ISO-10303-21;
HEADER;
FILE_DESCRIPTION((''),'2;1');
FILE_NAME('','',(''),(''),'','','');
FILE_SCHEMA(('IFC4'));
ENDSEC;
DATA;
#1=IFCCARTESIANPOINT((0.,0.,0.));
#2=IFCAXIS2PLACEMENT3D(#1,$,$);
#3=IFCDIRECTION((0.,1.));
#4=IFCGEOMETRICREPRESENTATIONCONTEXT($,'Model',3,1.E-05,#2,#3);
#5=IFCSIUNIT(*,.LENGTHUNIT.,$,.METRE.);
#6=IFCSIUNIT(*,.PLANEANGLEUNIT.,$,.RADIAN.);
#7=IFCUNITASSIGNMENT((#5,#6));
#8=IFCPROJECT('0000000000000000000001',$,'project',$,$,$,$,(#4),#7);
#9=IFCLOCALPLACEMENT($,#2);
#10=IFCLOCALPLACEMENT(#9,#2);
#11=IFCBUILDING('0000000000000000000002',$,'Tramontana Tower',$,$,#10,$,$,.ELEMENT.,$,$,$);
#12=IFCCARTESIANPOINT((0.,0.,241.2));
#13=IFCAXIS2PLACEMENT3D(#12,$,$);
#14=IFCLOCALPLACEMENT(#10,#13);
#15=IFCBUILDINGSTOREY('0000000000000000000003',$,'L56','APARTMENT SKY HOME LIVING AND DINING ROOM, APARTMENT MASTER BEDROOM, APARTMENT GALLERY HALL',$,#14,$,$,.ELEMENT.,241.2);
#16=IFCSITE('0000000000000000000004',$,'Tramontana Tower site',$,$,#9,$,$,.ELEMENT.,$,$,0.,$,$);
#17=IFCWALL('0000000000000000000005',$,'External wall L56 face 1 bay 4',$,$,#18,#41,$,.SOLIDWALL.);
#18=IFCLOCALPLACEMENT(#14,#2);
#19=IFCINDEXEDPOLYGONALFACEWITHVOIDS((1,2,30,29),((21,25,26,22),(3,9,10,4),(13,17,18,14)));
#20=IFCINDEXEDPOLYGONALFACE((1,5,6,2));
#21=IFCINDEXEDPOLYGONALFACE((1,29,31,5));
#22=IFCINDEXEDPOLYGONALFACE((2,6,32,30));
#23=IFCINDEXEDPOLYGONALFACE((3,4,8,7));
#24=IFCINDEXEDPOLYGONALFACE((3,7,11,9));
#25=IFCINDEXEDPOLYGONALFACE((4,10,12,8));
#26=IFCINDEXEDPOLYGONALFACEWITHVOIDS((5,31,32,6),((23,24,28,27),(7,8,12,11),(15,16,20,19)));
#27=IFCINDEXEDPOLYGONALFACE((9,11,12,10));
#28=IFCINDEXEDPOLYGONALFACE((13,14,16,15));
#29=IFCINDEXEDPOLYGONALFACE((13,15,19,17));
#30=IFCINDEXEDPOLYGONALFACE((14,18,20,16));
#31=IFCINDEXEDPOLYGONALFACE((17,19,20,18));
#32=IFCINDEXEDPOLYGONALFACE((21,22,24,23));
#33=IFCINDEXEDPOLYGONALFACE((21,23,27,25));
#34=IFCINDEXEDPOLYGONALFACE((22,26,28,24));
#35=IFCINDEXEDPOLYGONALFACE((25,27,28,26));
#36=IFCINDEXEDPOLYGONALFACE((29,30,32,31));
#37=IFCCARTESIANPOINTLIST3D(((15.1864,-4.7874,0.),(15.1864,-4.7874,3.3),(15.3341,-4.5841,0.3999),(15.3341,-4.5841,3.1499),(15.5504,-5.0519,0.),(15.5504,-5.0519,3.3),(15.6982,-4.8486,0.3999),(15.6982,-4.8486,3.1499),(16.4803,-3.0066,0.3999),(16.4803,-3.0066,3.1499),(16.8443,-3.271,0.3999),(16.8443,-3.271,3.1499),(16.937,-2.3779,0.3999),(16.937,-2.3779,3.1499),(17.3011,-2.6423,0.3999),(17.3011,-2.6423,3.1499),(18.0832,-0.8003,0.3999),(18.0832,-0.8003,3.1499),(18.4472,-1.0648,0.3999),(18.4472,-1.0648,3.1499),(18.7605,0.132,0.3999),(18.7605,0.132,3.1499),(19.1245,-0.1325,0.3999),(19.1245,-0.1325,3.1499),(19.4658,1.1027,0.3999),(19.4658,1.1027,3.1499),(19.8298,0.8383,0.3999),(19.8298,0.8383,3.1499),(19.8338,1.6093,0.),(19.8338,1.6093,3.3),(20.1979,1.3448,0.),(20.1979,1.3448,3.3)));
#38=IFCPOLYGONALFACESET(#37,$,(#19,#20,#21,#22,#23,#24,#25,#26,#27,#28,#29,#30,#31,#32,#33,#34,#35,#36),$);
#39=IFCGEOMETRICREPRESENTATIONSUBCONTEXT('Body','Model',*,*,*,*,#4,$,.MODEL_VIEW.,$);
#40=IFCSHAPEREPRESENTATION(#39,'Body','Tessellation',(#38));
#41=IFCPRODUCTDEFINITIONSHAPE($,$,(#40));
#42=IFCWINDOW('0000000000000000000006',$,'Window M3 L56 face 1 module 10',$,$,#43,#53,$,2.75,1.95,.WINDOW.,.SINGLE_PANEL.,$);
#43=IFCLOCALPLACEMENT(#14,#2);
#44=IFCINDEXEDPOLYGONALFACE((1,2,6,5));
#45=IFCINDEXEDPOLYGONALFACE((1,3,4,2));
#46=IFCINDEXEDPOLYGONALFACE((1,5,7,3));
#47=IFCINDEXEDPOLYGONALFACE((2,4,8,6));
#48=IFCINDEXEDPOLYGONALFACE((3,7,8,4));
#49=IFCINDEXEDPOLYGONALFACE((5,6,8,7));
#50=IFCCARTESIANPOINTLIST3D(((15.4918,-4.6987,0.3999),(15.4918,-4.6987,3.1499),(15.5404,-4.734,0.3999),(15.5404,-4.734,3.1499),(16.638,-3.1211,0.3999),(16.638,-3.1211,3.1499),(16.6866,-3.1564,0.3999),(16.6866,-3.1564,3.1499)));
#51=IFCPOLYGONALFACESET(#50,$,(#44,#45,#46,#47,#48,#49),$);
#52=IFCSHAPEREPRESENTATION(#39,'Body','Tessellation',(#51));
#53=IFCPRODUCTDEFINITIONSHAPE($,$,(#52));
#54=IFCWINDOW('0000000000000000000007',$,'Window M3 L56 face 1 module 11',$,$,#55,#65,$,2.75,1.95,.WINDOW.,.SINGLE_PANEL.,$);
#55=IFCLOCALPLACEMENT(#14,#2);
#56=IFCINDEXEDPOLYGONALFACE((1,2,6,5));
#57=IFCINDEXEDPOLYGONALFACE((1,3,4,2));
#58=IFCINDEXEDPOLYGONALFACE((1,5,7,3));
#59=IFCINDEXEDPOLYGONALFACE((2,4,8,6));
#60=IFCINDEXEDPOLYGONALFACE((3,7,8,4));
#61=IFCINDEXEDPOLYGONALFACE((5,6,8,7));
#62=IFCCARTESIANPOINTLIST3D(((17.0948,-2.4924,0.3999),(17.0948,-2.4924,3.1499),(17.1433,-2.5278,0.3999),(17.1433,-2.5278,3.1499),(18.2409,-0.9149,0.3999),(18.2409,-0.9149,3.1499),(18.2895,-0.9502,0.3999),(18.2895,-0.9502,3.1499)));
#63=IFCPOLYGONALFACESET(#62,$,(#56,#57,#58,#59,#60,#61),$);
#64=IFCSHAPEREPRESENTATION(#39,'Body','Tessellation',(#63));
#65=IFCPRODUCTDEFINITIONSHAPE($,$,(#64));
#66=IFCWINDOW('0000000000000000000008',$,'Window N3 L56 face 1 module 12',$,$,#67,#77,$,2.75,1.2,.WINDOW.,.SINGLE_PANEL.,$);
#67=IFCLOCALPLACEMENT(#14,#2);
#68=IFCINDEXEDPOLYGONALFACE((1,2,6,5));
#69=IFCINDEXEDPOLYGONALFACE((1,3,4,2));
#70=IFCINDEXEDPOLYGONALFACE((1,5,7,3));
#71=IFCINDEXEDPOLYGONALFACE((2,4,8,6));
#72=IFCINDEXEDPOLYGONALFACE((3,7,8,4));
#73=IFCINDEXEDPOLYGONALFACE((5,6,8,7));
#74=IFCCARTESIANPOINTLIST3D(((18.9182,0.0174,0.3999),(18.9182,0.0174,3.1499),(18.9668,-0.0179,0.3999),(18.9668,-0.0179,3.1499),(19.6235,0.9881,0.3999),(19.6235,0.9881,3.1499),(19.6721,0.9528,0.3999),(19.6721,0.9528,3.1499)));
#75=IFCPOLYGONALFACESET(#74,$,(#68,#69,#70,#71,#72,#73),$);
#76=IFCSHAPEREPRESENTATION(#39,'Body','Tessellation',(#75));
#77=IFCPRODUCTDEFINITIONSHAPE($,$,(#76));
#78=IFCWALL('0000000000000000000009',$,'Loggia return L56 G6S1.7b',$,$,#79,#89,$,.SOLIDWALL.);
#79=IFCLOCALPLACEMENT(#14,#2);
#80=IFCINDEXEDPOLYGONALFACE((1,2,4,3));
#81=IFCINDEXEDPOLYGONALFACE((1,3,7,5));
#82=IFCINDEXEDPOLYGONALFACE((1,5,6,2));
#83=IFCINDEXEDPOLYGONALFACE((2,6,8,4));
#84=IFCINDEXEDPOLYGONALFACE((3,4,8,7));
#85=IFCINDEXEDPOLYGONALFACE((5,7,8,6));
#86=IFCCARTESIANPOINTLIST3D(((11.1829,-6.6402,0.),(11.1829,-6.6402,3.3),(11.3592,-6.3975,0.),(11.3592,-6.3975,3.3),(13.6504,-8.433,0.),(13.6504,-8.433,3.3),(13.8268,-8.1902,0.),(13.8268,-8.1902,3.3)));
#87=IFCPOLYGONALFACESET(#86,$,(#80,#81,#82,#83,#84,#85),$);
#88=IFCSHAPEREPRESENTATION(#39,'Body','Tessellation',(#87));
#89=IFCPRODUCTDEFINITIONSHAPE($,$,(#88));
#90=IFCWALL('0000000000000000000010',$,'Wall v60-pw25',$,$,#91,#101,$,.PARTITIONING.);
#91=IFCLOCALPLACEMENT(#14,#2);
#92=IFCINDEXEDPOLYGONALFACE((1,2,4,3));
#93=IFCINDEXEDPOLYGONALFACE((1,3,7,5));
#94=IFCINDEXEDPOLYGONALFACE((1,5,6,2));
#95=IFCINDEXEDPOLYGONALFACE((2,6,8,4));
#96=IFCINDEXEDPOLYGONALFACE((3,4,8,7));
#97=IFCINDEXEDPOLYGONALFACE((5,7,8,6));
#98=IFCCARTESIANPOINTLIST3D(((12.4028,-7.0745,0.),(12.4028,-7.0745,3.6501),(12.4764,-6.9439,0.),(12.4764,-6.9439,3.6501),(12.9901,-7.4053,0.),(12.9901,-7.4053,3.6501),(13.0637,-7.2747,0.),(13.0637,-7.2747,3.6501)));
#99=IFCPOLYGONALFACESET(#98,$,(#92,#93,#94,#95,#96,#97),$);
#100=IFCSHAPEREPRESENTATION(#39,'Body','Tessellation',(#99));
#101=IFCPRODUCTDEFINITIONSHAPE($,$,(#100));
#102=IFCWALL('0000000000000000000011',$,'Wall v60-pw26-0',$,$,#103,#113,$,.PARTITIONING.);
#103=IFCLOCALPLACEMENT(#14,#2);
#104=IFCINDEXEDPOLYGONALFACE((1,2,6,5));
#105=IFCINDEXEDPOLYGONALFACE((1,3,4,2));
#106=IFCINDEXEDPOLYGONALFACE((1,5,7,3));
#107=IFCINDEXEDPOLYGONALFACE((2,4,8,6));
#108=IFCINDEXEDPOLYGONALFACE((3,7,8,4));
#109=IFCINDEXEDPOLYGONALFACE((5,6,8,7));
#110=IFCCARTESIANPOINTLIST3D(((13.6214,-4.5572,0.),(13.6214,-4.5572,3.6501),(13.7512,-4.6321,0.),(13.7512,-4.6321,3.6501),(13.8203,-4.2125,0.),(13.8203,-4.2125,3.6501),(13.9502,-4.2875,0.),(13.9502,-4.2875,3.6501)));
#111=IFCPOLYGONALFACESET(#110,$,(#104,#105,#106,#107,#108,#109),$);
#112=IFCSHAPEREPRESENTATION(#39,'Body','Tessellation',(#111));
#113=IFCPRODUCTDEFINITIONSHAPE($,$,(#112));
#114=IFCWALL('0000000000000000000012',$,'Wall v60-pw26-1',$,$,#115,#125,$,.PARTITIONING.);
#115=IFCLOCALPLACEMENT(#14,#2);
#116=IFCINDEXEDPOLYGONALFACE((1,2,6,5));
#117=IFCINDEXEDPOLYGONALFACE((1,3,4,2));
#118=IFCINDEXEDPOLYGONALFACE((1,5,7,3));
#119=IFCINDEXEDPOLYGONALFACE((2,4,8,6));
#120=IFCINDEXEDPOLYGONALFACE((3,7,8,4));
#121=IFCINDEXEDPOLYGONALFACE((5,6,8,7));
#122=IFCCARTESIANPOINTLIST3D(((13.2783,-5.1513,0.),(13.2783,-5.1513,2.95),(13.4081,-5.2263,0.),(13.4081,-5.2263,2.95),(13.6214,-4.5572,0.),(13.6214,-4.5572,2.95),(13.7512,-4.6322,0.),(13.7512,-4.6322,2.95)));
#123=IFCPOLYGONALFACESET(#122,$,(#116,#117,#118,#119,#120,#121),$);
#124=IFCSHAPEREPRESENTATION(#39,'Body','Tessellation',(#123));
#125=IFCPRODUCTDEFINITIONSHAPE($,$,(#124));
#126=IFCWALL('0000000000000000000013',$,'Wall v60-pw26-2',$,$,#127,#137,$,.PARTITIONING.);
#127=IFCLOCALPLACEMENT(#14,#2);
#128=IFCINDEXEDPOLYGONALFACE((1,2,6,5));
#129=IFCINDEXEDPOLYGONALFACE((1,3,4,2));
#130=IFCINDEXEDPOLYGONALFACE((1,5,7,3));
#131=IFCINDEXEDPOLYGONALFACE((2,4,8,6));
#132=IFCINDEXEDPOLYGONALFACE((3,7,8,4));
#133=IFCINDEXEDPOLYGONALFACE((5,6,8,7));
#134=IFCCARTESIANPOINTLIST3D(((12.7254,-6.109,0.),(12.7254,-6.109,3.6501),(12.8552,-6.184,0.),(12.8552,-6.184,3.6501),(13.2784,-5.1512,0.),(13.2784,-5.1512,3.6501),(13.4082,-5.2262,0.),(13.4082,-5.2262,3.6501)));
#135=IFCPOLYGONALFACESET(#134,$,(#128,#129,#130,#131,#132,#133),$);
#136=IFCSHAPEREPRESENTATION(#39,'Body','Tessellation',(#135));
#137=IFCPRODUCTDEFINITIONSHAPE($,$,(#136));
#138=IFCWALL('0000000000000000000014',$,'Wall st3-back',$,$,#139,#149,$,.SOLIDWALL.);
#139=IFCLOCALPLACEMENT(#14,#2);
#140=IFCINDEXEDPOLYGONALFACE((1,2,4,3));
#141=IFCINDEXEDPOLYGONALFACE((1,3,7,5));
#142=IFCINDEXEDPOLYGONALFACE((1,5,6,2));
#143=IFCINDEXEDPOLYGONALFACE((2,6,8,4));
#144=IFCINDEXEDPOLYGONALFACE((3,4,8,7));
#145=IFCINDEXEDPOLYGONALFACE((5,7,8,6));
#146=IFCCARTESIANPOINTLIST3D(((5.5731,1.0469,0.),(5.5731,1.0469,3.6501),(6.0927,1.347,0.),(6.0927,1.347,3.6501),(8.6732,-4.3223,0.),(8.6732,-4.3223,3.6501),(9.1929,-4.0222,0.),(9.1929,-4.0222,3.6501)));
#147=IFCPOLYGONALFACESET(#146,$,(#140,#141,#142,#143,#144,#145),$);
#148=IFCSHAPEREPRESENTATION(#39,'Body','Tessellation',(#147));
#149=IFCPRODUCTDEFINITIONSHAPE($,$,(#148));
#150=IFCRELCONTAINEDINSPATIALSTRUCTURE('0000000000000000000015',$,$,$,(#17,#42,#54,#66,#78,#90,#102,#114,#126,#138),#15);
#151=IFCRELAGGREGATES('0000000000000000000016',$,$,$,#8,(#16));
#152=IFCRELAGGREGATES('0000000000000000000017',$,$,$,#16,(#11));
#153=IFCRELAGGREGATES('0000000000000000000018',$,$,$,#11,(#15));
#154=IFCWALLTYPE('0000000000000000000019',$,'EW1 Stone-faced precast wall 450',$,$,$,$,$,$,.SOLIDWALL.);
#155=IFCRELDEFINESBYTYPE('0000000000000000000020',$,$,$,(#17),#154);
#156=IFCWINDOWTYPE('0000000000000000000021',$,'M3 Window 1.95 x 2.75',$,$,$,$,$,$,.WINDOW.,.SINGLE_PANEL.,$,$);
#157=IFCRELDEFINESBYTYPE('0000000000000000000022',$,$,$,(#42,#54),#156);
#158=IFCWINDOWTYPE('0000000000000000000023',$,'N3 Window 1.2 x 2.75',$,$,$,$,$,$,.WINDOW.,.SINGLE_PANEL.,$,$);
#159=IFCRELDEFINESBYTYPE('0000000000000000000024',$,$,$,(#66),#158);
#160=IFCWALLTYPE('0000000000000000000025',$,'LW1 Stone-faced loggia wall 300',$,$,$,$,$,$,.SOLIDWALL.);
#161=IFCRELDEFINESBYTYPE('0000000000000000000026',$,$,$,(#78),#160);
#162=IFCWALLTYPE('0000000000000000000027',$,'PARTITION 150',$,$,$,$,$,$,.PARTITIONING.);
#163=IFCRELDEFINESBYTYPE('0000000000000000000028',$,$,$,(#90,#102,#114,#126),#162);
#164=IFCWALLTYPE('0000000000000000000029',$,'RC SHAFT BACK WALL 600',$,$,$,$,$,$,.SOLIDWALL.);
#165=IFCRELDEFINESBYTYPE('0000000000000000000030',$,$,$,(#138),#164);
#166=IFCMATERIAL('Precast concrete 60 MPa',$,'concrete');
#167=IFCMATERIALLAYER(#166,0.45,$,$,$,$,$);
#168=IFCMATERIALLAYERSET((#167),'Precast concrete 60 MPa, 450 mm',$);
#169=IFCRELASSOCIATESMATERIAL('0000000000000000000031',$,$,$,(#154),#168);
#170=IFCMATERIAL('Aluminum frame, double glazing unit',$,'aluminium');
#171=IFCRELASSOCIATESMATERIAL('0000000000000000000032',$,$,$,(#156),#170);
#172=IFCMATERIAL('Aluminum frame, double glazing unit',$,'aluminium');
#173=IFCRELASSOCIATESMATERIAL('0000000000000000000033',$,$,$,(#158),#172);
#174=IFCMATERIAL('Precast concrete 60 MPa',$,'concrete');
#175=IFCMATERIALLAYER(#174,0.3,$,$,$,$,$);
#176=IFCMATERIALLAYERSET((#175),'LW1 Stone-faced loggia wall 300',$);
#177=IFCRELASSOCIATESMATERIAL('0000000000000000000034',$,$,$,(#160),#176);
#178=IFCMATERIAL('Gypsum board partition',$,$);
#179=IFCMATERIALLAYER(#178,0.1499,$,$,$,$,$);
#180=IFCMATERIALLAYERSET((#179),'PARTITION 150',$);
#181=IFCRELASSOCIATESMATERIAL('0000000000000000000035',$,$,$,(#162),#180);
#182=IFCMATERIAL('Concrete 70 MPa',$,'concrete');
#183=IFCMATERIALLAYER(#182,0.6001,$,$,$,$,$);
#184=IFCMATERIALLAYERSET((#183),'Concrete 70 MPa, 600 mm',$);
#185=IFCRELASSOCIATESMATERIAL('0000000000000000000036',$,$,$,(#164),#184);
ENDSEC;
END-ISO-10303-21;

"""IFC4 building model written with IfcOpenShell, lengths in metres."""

from ifc_helpers import new_model, si_unit, direction, frame, frame_2d, origin, place, context, subcontext, project, spatial, rectangle, extrude, material, layer, layer_set, type_object, element, fill, save


model = new_model("IFC4")

# Units and contexts
model_context = context("Model", 3, precision=1e-05, world=origin(), true_north=direction((0.0, 1.0)))
body_context = subcontext(model_context, "Body", "Model", "MODEL_VIEW")
ifc_project = project(units=[si_unit("LENGTHUNIT", "METRE"), si_unit("PLANEANGLEUNIT", "RADIAN")], contexts=[model_context])

# Site, building, storey
site_placement = place(None, origin())
site = spatial("IfcSite", under=ifc_project, at=site_placement, Name="Tramontana Tower site", CompositionType="ELEMENT", RefElevation=0.0)
building_placement = place(site_placement, origin())
building = spatial("IfcBuilding", under=site, at=building_placement, Name="Tramontana Tower", CompositionType="ELEMENT")
storey_placement = place(building_placement, frame((0.0, 0.0, 241.2)))
storey = spatial("IfcBuildingStorey", under=building, at=storey_placement, Name="L56", Description="APARTMENT SKY HOME LIVING AND DINING ROOM, APARTMENT MASTER BEDROOM, APARTMENT GALLERY HALL", CompositionType="ELEMENT", Elevation=241.2)

# Shared definitions
ifc_material_1 = material(Name="Precast concrete 60 MPa", Category="concrete")
ifc_layer_1 = layer(ifc_material_1, 0.45)
ifc_layer_set_1 = layer_set([ifc_layer_1], Name="Precast concrete 60 MPa, 450 mm")
wall_type_1 = type_object("IfcWallType", Name="EW1 Stone-faced precast wall 450", PredefinedType="SOLIDWALL", material=ifc_layer_set_1)
ifc_material_2 = material(Name="Aluminum frame, double glazing unit", Category="aluminium")
window_type_1 = type_object("IfcWindowType", Name="M3 Window 1.95 x 2.75", PartitioningType="SINGLE_PANEL", PredefinedType="WINDOW", material=ifc_material_2)

# Wall, openings, windows
wall_1_placement = place(storey_placement, frame((15.3684, -4.9197, 0.0), z_axis=(0.0, 0.0, 1.0), x_axis=(0.587782, 0.809019, 0.0)))
wall_1 = element("IfcWall", 1, at=wall_1_placement, inside=storey, type_object=wall_type_1, Name="External wall L56 face 1 bay 4", PredefinedType="SOLIDWALL", context=body_context, shape_type="SweptSolid", body=[
    extrude(rectangle(XDim=7.9067, YDim=0.45, at=frame_2d((3.9534, 0.0))), origin(), (0.0, 0.0, 1.0), 3.3),
])
opening_1_placement = place(wall_1_placement, frame((0.2512, 0.0, 0.3999)))
opening_1 = element("IfcOpeningElement", 2, at=opening_1_placement, cuts=wall_1, PredefinedType="OPENING", context=body_context, shape_type="SweptSolid", body=[
    extrude(rectangle(XDim=1.95, YDim=2.75, at=frame_2d((0.9751, 1.375))), frame((0.0, 0.2349, 0.0), z_axis=(0.0, -1.0, 0.0), x_axis=(1.0, 0.0, 0.0)), (0.0, 0.0, 1.0), 0.47),
])
opening_2_placement = place(wall_1_placement, frame((2.9783, 0.0, 0.3999)))
opening_2 = element("IfcOpeningElement", 3, at=opening_2_placement, cuts=wall_1, PredefinedType="OPENING", context=body_context, shape_type="SweptSolid", body=[
    extrude(rectangle(XDim=1.95, YDim=2.75, at=frame_2d((0.9751, 1.375))), frame((0.0, 0.2349, 0.0), z_axis=(0.0, -1.0, 0.0), x_axis=(1.0, 0.0, 0.0)), (0.0, 0.0, 1.0), 0.47),
])
opening_3_placement = place(wall_1_placement, frame((6.0806, 0.0, 0.3999)))
opening_3 = element("IfcOpeningElement", 4, at=opening_3_placement, cuts=wall_1, PredefinedType="OPENING", context=body_context, shape_type="SweptSolid", body=[
    extrude(rectangle(XDim=1.2, YDim=2.75, at=frame_2d((0.6001, 1.375))), frame((0.0, 0.2349, 0.0), z_axis=(0.0, -1.0, 0.0), x_axis=(1.0, 0.0, 0.0)), (0.0, 0.0, 1.0), 0.47),
])
window_1_placement = place(opening_1_placement, origin())
window_1 = element("IfcWindow", 5, at=window_1_placement, inside=storey, type_object=window_type_1, Name="Window M3 L56 face 1 module 10", OverallHeight=2.75, OverallWidth=1.95, PartitioningType="SINGLE_PANEL", PredefinedType="WINDOW", context=body_context, shape_type="SweptSolid", body=[
    extrude(rectangle(XDim=1.95, YDim=2.75, at=frame_2d((0.9751, 1.375))), frame((0.0, 0.03, 0.0), z_axis=(0.0, -1.0, 0.0), x_axis=(1.0, 0.0, 0.0)), (0.0, 0.0, 1.0), 0.0601),
])
fill(opening_1, window_1)
window_2_placement = place(opening_2_placement, origin())
window_2 = element("IfcWindow", 6, at=window_2_placement, inside=storey, type_object=window_type_1, Name="Window M3 L56 face 1 module 11", OverallHeight=2.75, OverallWidth=1.95, PartitioningType="SINGLE_PANEL", PredefinedType="WINDOW", context=body_context, shape_type="SweptSolid", body=[
    extrude(rectangle(XDim=1.95, YDim=2.75, at=frame_2d((0.9751, 1.375))), frame((0.0, 0.03, 0.0), z_axis=(0.0, -1.0, 0.0), x_axis=(1.0, 0.0, 0.0)), (0.0, 0.0, 1.0), 0.0601),
])
fill(opening_2, window_2)
ifc_material_3 = material(Name="Aluminum frame, double glazing unit", Category="aluminium")
window_type_2 = type_object("IfcWindowType", Name="N3 Window 1.2 x 2.75", PartitioningType="SINGLE_PANEL", PredefinedType="WINDOW", material=ifc_material_3)
window_3_placement = place(opening_3_placement, origin())
window_3 = element("IfcWindow", 7, at=window_3_placement, inside=storey, type_object=window_type_2, Name="Window N3 L56 face 1 module 12", OverallHeight=2.75, OverallWidth=1.2, PartitioningType="SINGLE_PANEL", PredefinedType="WINDOW", context=body_context, shape_type="SweptSolid", body=[
    extrude(rectangle(XDim=1.2, YDim=2.75, at=frame_2d((0.6001, 1.375))), frame((0.0, 0.03, 0.0), z_axis=(0.0, -1.0, 0.0), x_axis=(1.0, 0.0, 0.0)), (0.0, 0.0, 1.0), 0.0601),
])
fill(opening_3, window_3)

# Walls
ifc_material_4 = material(Name="Precast concrete 60 MPa", Category="concrete")
ifc_layer_2 = layer(ifc_material_4, 0.3)
ifc_layer_set_2 = layer_set([ifc_layer_2], Name="LW1 Stone-faced loggia wall 300")
wall_type_2 = type_object("IfcWallType", Name="LW1 Stone-faced loggia wall 300", PredefinedType="SOLIDWALL", material=ifc_layer_set_2)
wall_2_placement = place(storey_placement, frame((13.7385, -8.3115, 0.0), z_axis=(0.0, 0.0, 1.0), x_axis=(-0.809023, 0.587777, 0.0)))
element("IfcWall", 8, at=wall_2_placement, inside=storey, type_object=wall_type_2, Name="Loggia return L56 G6S1.7b", PredefinedType="SOLIDWALL", context=body_context, shape_type="SweptSolid", body=[
    extrude(rectangle(XDim=3.05, YDim=0.3, at=frame_2d((1.5249, 0.0))), origin(), (0.0, 0.0, 1.0), 3.3),
])
ifc_material_5 = material(Name="Gypsum board partition")
ifc_layer_3 = layer(ifc_material_5, 0.1499)
ifc_layer_set_3 = layer_set([ifc_layer_3], Name="PARTITION 150")
wall_type_3 = type_object("IfcWallType", Name="PARTITION 150", PredefinedType="PARTITIONING", material=ifc_layer_set_3)
wall_3_placement = place(storey_placement, frame((12.4397, -7.0093, 0.0), z_axis=(0.0, 0.0, 1.0), x_axis=(0.871324, -0.490708, 0.0)))
element("IfcWall", 9, at=wall_3_placement, inside=storey, type_object=wall_type_3, Name="Wall v60-pw25", PredefinedType="PARTITIONING", context=body_context, shape_type="SweptSolid", body=[
    extrude(rectangle(XDim=0.6741, YDim=0.1499, at=frame_2d((0.3369, 0.0))), origin(), (0.0, 0.0, 1.0), 3.6501),
])
wall_4_placement = place(storey_placement, frame((13.8853, -4.25, 0.0), z_axis=(0.0, 0.0, 1.0), x_axis=(-0.499899, -0.866083, 0.0)))
element("IfcWall", 10, at=wall_4_placement, inside=storey, type_object=wall_type_3, Name="Wall v60-pw26-0", PredefinedType="PARTITIONING", context=body_context, shape_type="SweptSolid", body=[
    extrude(rectangle(XDim=0.3979, YDim=0.1499, at=frame_2d((0.199, 0.0))), origin(), (0.0, 0.0, 1.0), 3.6501),
])
wall_5_placement = place(storey_placement, frame((13.6863, -4.5947, 0.0), z_axis=(0.0, 0.0, 1.0), x_axis=(-0.500082, -0.865978, 0.0)))
element("IfcWall", 11, at=wall_5_placement, inside=storey, type_object=wall_type_3, Name="Wall v60-pw26-1", PredefinedType="PARTITIONING", context=body_context, shape_type="SweptSolid", body=[
    extrude(rectangle(XDim=0.686, YDim=0.1499, at=frame_2d((0.343, 0.0))), origin(), (0.0, 0.0, 1.0), 2.95),
])
wall_6_placement = place(storey_placement, frame((13.3433, -5.1887, 0.0), z_axis=(0.0, 0.0, 1.0), x_axis=(-0.500009, -0.86602, 0.0)))
element("IfcWall", 12, at=wall_6_placement, inside=storey, type_object=wall_type_3, Name="Wall v60-pw26-2", PredefinedType="PARTITIONING", context=body_context, shape_type="SweptSolid", body=[
    extrude(rectangle(XDim=1.106, YDim=0.1499, at=frame_2d((0.553, 0.0))), origin(), (0.0, 0.0, 1.0), 3.6501),
])
ifc_material_6 = material(Name="Concrete 70 MPa", Category="concrete")
ifc_layer_4 = layer(ifc_material_6, 0.6001)
ifc_layer_set_4 = layer_set([ifc_layer_4], Name="Concrete 70 MPa, 600 mm")
wall_type_4 = type_object("IfcWallType", Name="RC SHAFT BACK WALL 600", PredefinedType="SOLIDWALL", material=ifc_layer_set_4)
wall_7_placement = place(storey_placement, frame((8.9331, -4.1724, 0.0), z_axis=(0.0, 0.0, 1.0), x_axis=(-0.500027, 0.86601, 0.0)))
element("IfcWall", 13, at=wall_7_placement, inside=storey, type_object=wall_type_4, Name="Wall st3-back", PredefinedType="SOLIDWALL", context=body_context, shape_type="SweptSolid", body=[
    extrude(rectangle(XDim=6.2, YDim=0.6001, at=frame_2d((3.1001, 0.0))), origin(), (0.0, 0.0, 1.0), 3.6501),
])

save(model, "model.ifc")
